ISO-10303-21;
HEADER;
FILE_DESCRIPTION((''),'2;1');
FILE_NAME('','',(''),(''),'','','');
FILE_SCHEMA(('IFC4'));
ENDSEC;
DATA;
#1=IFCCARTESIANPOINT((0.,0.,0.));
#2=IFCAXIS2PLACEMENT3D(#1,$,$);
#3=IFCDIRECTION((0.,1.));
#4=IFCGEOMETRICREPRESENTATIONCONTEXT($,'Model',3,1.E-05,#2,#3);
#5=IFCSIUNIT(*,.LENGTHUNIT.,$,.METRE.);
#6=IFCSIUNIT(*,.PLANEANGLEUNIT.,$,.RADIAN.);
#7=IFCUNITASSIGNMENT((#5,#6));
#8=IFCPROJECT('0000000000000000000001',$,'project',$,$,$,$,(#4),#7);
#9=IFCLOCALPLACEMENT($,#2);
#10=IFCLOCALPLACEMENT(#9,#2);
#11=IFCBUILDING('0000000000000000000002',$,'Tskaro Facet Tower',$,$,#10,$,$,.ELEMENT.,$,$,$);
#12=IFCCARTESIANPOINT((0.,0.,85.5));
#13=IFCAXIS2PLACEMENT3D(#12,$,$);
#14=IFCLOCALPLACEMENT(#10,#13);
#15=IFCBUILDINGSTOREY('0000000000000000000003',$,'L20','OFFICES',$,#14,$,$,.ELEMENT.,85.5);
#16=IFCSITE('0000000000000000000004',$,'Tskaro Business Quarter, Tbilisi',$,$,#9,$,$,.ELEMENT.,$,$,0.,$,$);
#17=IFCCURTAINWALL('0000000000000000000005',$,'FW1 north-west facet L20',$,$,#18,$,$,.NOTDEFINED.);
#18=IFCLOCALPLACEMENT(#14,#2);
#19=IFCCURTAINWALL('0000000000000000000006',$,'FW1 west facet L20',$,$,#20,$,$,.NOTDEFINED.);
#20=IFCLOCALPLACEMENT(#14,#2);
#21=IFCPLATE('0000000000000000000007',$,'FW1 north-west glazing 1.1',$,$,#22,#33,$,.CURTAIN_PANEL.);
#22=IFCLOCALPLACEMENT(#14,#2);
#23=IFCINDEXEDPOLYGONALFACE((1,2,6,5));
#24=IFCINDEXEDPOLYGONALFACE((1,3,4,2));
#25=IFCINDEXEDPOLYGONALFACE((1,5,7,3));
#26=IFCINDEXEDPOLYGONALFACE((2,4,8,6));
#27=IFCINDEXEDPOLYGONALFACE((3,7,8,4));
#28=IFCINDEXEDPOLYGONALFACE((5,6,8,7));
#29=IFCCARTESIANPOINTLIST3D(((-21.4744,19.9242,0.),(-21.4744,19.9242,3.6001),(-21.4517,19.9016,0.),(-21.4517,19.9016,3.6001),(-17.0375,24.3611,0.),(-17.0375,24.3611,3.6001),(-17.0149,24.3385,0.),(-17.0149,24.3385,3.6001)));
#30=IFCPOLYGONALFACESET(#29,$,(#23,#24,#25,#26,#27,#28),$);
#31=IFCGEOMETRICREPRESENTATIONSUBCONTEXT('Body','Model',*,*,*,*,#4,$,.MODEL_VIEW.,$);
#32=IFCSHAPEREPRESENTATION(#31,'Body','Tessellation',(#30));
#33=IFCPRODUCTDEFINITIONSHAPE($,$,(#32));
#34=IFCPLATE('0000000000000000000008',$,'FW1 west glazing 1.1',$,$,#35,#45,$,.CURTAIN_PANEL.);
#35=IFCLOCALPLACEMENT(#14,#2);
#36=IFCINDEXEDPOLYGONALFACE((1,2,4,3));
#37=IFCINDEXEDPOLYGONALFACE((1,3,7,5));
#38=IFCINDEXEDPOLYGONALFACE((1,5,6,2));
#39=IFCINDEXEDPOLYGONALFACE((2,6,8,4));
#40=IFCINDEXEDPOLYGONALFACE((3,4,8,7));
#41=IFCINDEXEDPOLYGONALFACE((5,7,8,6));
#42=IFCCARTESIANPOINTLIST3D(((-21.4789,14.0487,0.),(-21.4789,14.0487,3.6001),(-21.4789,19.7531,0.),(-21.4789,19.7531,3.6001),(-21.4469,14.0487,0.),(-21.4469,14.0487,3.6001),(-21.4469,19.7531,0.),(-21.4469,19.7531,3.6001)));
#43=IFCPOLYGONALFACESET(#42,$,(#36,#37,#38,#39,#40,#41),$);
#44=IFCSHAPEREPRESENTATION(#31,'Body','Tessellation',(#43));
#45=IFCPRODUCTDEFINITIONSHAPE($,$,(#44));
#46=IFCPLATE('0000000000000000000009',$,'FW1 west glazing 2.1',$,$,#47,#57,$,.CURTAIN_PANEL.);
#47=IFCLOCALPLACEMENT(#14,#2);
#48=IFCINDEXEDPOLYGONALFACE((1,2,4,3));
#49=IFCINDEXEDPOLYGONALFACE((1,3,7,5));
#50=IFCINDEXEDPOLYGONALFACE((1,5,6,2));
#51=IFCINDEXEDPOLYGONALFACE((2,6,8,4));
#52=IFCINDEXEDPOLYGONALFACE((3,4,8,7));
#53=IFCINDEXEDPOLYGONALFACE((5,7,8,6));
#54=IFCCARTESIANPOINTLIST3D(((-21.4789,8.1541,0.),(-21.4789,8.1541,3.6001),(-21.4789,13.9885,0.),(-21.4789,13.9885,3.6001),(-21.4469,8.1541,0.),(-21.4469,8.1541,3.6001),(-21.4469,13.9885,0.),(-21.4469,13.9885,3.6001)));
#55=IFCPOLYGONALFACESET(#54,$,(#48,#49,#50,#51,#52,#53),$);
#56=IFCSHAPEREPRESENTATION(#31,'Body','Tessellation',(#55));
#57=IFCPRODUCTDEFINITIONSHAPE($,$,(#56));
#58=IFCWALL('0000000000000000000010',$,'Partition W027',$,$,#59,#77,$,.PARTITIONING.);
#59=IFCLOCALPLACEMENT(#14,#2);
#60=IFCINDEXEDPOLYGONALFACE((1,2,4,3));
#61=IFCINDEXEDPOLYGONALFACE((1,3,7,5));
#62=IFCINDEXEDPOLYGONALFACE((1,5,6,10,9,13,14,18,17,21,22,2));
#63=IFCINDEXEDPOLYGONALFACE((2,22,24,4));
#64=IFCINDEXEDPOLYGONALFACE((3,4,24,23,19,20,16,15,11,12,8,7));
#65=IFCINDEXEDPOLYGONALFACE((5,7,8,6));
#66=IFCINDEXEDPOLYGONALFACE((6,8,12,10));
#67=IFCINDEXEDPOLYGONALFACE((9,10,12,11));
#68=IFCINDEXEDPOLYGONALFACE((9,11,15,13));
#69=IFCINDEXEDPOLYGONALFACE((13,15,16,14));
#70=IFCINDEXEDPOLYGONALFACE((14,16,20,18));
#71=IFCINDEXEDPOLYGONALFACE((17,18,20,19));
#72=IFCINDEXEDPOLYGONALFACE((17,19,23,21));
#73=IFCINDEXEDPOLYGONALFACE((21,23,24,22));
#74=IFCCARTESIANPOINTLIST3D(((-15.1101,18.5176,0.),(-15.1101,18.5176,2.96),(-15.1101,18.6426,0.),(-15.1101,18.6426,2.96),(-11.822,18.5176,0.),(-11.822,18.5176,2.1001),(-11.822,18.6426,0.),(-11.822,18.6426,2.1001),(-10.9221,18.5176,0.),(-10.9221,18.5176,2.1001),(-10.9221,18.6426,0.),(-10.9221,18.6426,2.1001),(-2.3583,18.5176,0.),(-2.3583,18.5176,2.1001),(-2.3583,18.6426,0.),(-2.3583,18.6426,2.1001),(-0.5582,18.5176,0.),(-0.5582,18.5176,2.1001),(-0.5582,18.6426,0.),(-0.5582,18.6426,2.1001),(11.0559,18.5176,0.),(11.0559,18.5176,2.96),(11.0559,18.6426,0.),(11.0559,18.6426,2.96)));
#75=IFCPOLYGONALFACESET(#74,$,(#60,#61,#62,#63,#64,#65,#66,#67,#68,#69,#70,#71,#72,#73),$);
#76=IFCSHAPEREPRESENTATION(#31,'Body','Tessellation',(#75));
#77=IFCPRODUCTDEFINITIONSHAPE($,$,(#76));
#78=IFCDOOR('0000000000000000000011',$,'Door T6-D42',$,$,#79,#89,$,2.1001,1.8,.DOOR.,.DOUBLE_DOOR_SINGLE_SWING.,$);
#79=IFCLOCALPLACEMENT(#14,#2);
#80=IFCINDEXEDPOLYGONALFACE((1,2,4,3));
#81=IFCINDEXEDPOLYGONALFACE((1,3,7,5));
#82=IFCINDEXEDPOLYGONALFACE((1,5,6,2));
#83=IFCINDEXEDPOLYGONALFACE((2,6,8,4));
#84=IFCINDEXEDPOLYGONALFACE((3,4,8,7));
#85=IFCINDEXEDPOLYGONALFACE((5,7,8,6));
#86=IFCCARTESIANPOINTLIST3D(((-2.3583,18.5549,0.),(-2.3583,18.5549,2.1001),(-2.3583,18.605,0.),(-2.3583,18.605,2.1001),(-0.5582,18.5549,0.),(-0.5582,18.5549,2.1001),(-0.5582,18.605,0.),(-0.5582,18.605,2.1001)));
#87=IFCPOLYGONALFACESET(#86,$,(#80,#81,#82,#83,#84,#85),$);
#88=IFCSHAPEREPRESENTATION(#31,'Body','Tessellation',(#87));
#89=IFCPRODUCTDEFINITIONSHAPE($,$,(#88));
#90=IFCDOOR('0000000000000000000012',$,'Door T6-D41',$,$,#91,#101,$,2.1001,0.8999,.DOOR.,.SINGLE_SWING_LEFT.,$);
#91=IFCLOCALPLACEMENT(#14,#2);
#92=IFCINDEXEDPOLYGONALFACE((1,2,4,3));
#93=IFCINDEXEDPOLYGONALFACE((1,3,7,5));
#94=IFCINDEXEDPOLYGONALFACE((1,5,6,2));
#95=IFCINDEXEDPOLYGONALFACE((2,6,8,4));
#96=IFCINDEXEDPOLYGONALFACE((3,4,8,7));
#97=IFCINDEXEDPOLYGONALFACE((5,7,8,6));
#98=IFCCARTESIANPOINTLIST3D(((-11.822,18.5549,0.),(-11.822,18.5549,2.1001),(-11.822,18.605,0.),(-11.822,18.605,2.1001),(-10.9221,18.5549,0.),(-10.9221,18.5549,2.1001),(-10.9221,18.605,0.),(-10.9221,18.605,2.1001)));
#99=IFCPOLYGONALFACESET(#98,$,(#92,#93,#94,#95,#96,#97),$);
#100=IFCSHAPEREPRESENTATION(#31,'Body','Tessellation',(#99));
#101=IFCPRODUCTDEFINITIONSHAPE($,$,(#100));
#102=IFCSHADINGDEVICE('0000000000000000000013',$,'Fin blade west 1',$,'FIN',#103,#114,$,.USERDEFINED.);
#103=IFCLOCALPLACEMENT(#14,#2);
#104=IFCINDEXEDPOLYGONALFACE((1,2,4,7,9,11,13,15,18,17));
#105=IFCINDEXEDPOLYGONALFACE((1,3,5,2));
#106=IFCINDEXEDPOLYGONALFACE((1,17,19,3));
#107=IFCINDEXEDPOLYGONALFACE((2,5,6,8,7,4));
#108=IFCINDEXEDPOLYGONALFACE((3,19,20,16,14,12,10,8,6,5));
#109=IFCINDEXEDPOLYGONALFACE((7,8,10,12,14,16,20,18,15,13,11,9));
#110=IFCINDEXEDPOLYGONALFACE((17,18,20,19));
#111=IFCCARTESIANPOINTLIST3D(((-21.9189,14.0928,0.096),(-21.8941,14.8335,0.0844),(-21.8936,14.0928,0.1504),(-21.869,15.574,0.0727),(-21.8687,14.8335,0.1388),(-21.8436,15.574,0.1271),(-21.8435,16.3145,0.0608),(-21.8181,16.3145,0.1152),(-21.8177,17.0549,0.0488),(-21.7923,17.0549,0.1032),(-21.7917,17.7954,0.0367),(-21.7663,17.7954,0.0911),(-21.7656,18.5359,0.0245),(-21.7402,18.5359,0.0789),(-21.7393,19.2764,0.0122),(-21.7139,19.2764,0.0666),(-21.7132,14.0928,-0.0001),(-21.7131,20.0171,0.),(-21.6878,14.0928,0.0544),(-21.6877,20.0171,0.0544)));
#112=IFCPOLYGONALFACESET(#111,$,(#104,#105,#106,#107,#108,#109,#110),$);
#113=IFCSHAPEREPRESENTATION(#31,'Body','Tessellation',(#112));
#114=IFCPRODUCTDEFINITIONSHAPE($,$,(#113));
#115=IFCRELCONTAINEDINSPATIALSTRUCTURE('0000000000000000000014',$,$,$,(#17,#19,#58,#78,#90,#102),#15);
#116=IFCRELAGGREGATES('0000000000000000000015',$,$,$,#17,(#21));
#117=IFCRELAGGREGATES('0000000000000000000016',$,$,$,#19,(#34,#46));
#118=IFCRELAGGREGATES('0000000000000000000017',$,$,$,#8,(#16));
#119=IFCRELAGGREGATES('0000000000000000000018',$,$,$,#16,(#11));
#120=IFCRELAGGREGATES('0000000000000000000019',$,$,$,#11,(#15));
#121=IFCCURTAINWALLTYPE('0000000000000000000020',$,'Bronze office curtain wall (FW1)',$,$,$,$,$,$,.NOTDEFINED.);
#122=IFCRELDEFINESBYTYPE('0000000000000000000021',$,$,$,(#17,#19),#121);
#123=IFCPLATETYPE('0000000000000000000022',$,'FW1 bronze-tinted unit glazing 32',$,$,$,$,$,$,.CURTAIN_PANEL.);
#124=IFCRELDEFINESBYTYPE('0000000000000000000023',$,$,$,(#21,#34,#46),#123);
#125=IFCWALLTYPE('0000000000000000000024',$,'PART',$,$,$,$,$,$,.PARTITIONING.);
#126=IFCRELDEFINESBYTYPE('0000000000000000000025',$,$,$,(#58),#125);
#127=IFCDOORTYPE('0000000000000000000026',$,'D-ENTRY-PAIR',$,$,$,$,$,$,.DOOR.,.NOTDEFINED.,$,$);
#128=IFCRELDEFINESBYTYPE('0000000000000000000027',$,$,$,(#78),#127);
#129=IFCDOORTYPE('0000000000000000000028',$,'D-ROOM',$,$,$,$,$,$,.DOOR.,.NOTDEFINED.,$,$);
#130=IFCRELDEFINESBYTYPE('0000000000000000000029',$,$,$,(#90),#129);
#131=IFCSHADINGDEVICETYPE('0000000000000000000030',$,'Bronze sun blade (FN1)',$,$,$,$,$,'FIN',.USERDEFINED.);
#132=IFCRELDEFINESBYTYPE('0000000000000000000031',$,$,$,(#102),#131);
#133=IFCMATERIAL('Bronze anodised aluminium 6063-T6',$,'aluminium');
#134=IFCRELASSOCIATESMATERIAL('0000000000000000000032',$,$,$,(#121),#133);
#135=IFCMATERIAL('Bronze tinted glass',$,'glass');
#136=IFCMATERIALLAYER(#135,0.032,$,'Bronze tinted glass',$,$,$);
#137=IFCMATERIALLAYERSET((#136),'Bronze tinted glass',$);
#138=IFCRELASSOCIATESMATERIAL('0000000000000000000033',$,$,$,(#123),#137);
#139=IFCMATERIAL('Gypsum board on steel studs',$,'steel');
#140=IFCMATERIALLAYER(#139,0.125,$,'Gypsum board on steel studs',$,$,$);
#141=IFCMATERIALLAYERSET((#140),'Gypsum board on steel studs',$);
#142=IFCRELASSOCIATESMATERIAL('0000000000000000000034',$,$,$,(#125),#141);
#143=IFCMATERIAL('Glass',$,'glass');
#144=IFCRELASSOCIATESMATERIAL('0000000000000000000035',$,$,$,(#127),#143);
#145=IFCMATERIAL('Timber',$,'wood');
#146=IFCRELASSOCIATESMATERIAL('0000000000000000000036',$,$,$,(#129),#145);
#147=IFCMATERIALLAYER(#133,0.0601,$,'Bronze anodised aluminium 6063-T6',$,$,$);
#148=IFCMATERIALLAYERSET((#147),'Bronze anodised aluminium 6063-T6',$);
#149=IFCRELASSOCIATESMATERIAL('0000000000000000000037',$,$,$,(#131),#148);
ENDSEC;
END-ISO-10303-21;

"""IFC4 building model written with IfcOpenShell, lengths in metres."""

from ifc_helpers import new_model, si_unit, direction, frame, frame_2d, origin, origin_2d, place, context, subcontext, project, spatial, polyline, rectangle, outline, extrude, material, layer, layer_set, type_object, element, fill, aggregate, save


model = new_model("IFC4")

# Units and contexts
model_context = context("Model", 3, precision=1e-05, world=origin(), true_north=direction((0.0, 1.0)))
body_context = subcontext(model_context, "Body", "Model", "MODEL_VIEW")
ifc_project = project(units=[si_unit("LENGTHUNIT", "METRE"), si_unit("PLANEANGLEUNIT", "RADIAN")], contexts=[model_context])

# Site, building, storey
site_placement = place(None, origin())
site = spatial("IfcSite", under=ifc_project, at=site_placement, Name="Tskaro Business Quarter, Tbilisi", CompositionType="ELEMENT", RefElevation=0.0)
building_placement = place(site_placement, origin())
building = spatial("IfcBuilding", under=site, at=building_placement, Name="Tskaro Facet Tower", CompositionType="ELEMENT")
storey_placement = place(building_placement, frame((0.0, 0.0, 85.5)))
storey = spatial("IfcBuildingStorey", under=building, at=storey_placement, Name="L20", Description="OFFICES", CompositionType="ELEMENT", Elevation=85.5)

# Curtain wall
ifc_material_1 = material(Name="Bronze anodised aluminium 6063-T6", Category="aluminium")
curtain_wall_type = type_object("IfcCurtainWallType", Name="Bronze office curtain wall (FW1)", PredefinedType="NOTDEFINED", material=ifc_material_1)
curtain_wall_1_placement = place(storey_placement, origin())
curtain_wall_1 = element("IfcCurtainWall", 1, at=curtain_wall_1_placement, inside=storey, type_object=curtain_wall_type, Name="FW1 north-west facet L20", PredefinedType="NOTDEFINED")

# Curtain wall
curtain_wall_2_placement = place(storey_placement, origin())
curtain_wall_2 = element("IfcCurtainWall", 2, at=curtain_wall_2_placement, inside=storey, type_object=curtain_wall_type, Name="FW1 west facet L20", PredefinedType="NOTDEFINED")

# Plates
ifc_material_2 = material(Name="Bronze tinted glass", Category="glass")
ifc_layer_1 = layer(ifc_material_2, 0.032, Name="Bronze tinted glass")
ifc_layer_set_1 = layer_set([ifc_layer_1], Name="Bronze tinted glass")
plate_type = type_object("IfcPlateType", Name="FW1 bronze-tinted unit glazing 32", PredefinedType="CURTAIN_PANEL", material=ifc_layer_set_1)
plate_1_placement = place(storey_placement, frame((-19.2446, 22.1313, 0.0), z_axis=(0.0, 0.0, 1.0), x_axis=(-0.707107, -0.707107, 0.0)))
plate_1 = element("IfcPlate", 3, at=plate_1_placement, type_object=plate_type, Name="FW1 north-west glazing 1.1", PredefinedType="CURTAIN_PANEL", context=body_context, shape_type="SweptSolid", body=[
    extrude(rectangle(XDim=6.2747, YDim=0.032, at=origin_2d()), origin(), (0.0, 0.0, 1.0), 3.6001),
])
aggregate(curtain_wall_1, [plate_1])
plate_2_placement = place(storey_placement, frame((-21.4629, 16.9009, 0.0), z_axis=(0.0, 0.0, 1.0), x_axis=(0.0, -1.0, 0.0)))
plate_2 = element("IfcPlate", 4, at=plate_2_placement, type_object=plate_type, Name="FW1 west glazing 1.1", PredefinedType="CURTAIN_PANEL", context=body_context, shape_type="SweptSolid", body=[
    extrude(rectangle(XDim=5.7043, YDim=0.032, at=origin_2d()), origin(), (0.0, 0.0, 1.0), 3.6001),
])
plate_3_placement = place(storey_placement, frame((-21.4629, 11.0713, 0.0), z_axis=(0.0, 0.0, 1.0), x_axis=(0.0, -1.0, 0.0)))
plate_3 = element("IfcPlate", 5, at=plate_3_placement, type_object=plate_type, Name="FW1 west glazing 2.1", PredefinedType="CURTAIN_PANEL", context=body_context, shape_type="SweptSolid", body=[
    extrude(rectangle(XDim=5.8345, YDim=0.032, at=origin_2d()), origin(), (0.0, 0.0, 1.0), 3.6001),
])
aggregate(curtain_wall_2, [plate_2, plate_3])

# Wall, openings, doors
ifc_material_3 = material(Name="Gypsum board on steel studs", Category="steel")
ifc_layer_2 = layer(ifc_material_3, 0.125, Name="Gypsum board on steel studs")
ifc_layer_set_2 = layer_set([ifc_layer_2], Name="Gypsum board on steel studs")
wall_type = type_object("IfcWallType", Name="PART", PredefinedType="PARTITIONING", material=ifc_layer_set_2)
wall_placement = place(storey_placement, frame((-15.1101, 18.5801, 0.0), z_axis=(0.0, 0.0, 1.0), x_axis=(1.0, 0.0, 0.0)))
wall = element("IfcWall", 6, at=wall_placement, inside=storey, type_object=wall_type, Name="Partition W027", PredefinedType="PARTITIONING", context=body_context, shape_type="SweptSolid", body=[
    extrude(rectangle(XDim=26.166, YDim=0.125, at=frame_2d((13.083, 0.0))), origin(), (0.0, 0.0, 1.0), 2.96),
])
opening_1_placement = place(wall_placement, frame((12.752, 0.0, 0.0)))
opening_1 = element("IfcOpeningElement", 7, at=opening_1_placement, cuts=wall, PredefinedType="OPENING", context=body_context, shape_type="SweptSolid", body=[
    extrude(rectangle(XDim=1.8, YDim=2.1001, at=frame_2d((0.8999, 1.05))), frame((0.0, 0.0725, 0.0), z_axis=(0.0, -1.0, 0.0), x_axis=(1.0, 0.0, 0.0)), (0.0, 0.0, 1.0), 0.145),
])
opening_2_placement = place(wall_placement, frame((3.2881, 0.0, 0.0)))
opening_2 = element("IfcOpeningElement", 8, at=opening_2_placement, cuts=wall, PredefinedType="OPENING", context=body_context, shape_type="SweptSolid", body=[
    extrude(rectangle(XDim=0.8999, YDim=2.1001, at=frame_2d((0.45, 1.05))), frame((0.0, 0.0725, 0.0), z_axis=(0.0, -1.0, 0.0), x_axis=(1.0, 0.0, 0.0)), (0.0, 0.0, 1.0), 0.145),
])
ifc_material_4 = material(Name="Glass", Category="glass")
door_type_1 = type_object("IfcDoorType", Name="D-ENTRY-PAIR", OperationType="NOTDEFINED", PredefinedType="DOOR", material=ifc_material_4)
door_1_placement = place(opening_1_placement, origin())
door_1 = element("IfcDoor", 9, at=door_1_placement, inside=storey, type_object=door_type_1, Name="Door T6-D42", OperationType="DOUBLE_DOOR_SINGLE_SWING", OverallHeight=2.1001, OverallWidth=1.8, PredefinedType="DOOR", context=body_context, shape_type="SweptSolid", body=[
    extrude(rectangle(XDim=1.8, YDim=2.1001, at=frame_2d((0.8999, 1.05))), frame((0.0, 0.0249, 0.0), z_axis=(0.0, -1.0, 0.0), x_axis=(1.0, 0.0, 0.0)), (0.0, 0.0, 1.0), 0.05),
])
fill(opening_1, door_1)
ifc_material_5 = material(Name="Timber", Category="wood")
door_type_2 = type_object("IfcDoorType", Name="D-ROOM", OperationType="NOTDEFINED", PredefinedType="DOOR", material=ifc_material_5)
door_2_placement = place(opening_2_placement, origin())
door_2 = element("IfcDoor", 10, at=door_2_placement, inside=storey, type_object=door_type_2, Name="Door T6-D41", OperationType="SINGLE_SWING_LEFT", OverallHeight=2.1001, OverallWidth=0.8999, PredefinedType="DOOR", context=body_context, shape_type="SweptSolid", body=[
    extrude(rectangle(XDim=0.8999, YDim=2.1001, at=frame_2d((0.45, 1.05))), frame((0.0, 0.0249, 0.0), z_axis=(0.0, -1.0, 0.0), x_axis=(1.0, 0.0, 0.0)), (0.0, 0.0, 1.0), 0.05),
])
fill(opening_2, door_2)

# Shading device
ifc_layer_3 = layer(ifc_material_1, 0.0601, Name="Bronze anodised aluminium 6063-T6")
ifc_layer_set_3 = layer_set([ifc_layer_3], Name="Bronze anodised aluminium 6063-T6")
shading_device_type = type_object("IfcShadingDeviceType", Name="Bronze sun blade (FN1)", ElementType="FIN", PredefinedType="USERDEFINED", material=ifc_layer_set_3)
shading_device_1_placement = place(storey_placement, frame((-21.6877, 20.0171, 0.0544), z_axis=(0.422842, -0.000013, 0.906204), x_axis=(-0.000005, -1.0, -0.000012)))
element("IfcShadingDevice", 11, at=shading_device_1_placement, inside=storey, type_object=shading_device_type, Name="Fin blade west 1", ObjectType="FIN", PredefinedType="USERDEFINED", context=body_context, shape_type="SweptSolid", body=[
    extrude(outline(polyline([(0.0, 0.0), (5.9243, 0.0), (5.9243, -0.2271), (5.1836, -0.1997), (4.4431, -0.1719), (3.7026, -0.1438), (2.9622, -0.1153), (2.2217, -0.0867), (1.4812, -0.0579), (0.7407, -0.0288), (0.0, 0.0)])), origin(), (0.0, 0.0, -1.0), 0.0601),
])

save(model, "model.ifc")
